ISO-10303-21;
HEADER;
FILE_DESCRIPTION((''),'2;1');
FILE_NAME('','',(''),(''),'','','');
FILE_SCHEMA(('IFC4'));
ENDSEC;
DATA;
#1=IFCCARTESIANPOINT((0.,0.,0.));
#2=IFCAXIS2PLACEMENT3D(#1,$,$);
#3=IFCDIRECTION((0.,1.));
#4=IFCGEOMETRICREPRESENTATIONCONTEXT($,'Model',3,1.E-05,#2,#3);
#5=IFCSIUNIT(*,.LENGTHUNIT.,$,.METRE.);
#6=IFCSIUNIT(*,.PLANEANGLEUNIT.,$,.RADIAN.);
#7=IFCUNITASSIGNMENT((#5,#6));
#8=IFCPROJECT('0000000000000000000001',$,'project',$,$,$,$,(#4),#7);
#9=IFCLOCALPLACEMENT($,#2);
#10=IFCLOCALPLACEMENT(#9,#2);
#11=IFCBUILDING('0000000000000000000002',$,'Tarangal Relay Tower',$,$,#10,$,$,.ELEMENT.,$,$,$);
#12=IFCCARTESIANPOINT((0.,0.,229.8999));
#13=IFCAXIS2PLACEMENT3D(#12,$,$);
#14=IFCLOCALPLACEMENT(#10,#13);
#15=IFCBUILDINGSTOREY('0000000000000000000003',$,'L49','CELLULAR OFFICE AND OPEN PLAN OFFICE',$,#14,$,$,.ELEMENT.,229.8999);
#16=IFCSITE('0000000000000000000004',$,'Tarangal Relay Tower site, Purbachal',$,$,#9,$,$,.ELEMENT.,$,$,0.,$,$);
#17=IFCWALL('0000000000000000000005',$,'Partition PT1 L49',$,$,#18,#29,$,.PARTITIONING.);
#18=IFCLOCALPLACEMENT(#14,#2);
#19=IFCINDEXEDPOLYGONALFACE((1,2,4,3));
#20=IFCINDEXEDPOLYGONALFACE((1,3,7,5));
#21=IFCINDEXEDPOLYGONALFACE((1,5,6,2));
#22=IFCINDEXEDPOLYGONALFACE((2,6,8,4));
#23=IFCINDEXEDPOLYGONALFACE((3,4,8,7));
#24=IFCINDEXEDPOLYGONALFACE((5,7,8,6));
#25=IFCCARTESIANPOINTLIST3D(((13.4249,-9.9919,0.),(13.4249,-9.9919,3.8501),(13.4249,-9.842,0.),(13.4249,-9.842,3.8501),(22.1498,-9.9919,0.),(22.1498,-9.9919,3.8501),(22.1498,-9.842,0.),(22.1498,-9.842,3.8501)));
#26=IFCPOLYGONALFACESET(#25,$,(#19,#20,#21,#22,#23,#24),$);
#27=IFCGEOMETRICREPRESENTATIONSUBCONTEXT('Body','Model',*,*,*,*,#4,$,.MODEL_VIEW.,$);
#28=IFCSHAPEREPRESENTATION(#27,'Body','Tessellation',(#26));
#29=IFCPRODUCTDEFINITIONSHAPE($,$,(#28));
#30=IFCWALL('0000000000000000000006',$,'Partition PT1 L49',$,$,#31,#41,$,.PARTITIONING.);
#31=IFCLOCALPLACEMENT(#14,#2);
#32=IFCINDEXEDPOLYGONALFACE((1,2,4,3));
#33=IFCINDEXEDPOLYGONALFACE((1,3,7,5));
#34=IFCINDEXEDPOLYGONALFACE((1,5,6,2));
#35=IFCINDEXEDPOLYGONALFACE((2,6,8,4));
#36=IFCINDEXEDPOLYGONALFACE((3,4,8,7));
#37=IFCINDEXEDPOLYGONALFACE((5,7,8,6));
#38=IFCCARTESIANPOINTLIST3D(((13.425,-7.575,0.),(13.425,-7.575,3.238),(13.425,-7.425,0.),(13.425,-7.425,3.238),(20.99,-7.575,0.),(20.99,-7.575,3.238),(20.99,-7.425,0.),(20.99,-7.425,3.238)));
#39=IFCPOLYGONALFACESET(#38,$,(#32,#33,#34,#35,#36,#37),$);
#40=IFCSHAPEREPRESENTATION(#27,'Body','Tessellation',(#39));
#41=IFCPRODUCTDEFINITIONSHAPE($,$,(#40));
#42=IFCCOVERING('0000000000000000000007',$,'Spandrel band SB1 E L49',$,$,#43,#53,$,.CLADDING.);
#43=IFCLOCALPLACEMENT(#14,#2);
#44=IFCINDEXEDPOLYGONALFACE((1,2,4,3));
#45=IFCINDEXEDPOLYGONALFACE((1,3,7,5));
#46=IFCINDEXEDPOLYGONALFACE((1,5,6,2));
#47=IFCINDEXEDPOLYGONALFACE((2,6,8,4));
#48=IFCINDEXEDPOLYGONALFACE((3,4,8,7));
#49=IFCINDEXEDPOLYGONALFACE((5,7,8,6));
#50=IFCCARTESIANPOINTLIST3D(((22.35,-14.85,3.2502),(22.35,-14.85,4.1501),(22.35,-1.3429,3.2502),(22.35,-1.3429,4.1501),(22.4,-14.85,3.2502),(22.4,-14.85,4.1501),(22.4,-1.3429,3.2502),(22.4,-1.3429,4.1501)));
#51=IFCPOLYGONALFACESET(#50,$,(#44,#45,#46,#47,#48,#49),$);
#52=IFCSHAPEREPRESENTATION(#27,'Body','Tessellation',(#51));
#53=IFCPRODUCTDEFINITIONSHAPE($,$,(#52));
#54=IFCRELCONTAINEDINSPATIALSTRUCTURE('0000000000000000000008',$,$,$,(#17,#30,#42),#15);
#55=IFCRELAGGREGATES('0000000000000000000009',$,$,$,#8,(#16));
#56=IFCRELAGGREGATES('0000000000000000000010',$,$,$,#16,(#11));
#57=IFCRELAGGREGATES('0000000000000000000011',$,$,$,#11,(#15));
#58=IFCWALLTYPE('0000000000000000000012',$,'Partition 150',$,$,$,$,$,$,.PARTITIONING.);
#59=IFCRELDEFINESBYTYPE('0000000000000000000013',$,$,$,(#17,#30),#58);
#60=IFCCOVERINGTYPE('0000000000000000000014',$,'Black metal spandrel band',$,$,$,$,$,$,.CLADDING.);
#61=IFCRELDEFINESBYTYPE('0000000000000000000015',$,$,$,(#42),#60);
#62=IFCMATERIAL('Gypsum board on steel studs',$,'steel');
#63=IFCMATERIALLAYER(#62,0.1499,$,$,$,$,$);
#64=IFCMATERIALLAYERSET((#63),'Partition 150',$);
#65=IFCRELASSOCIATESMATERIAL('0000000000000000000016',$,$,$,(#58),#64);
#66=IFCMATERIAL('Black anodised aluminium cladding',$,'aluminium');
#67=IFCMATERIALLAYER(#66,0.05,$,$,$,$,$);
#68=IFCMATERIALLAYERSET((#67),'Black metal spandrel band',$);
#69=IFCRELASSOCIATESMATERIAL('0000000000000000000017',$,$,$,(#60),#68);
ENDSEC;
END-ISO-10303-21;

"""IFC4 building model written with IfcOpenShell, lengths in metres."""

from ifc_helpers import new_model, si_unit, direction, frame, frame_2d, origin, origin_2d, place, context, subcontext, project, spatial, rectangle, extrude, material, layer, layer_set, type_object, element, save


model = new_model("IFC4")

# Units and contexts
model_context = context("Model", 3, precision=1e-05, world=origin(), true_north=direction((0.0, 1.0)))
body_context = subcontext(model_context, "Body", "Model", "MODEL_VIEW")
ifc_project = project(units=[si_unit("LENGTHUNIT", "METRE"), si_unit("PLANEANGLEUNIT", "RADIAN")], contexts=[model_context])

# Site, building, storey
site_placement = place(None, origin())
site = spatial("IfcSite", under=ifc_project, at=site_placement, Name="Tarangal Relay Tower site, Purbachal", CompositionType="ELEMENT", RefElevation=0.0)
building_placement = place(site_placement, origin())
building = spatial("IfcBuilding", under=site, at=building_placement, Name="Tarangal Relay Tower", CompositionType="ELEMENT")
storey_placement = place(building_placement, frame((0.0, 0.0, 229.8999)))
storey = spatial("IfcBuildingStorey", under=building, at=storey_placement, Name="L49", Description="CELLULAR OFFICE AND OPEN PLAN OFFICE", CompositionType="ELEMENT", Elevation=229.8999)

# Walls
ifc_material_1 = material(Name="Gypsum board on steel studs", Category="steel")
ifc_layer_1 = layer(ifc_material_1, 0.1499)
ifc_layer_set_1 = layer_set([ifc_layer_1], Name="Partition 150")
wall_type_1 = type_object("IfcWallType", Name="Partition 150", PredefinedType="PARTITIONING", material=ifc_layer_set_1)
wall_1_placement = place(storey_placement, frame((13.425, -9.917, 0.0), z_axis=(0.0, 0.0, 1.0), x_axis=(1.0, 0.0, 0.0)))
element("IfcWall", 1, at=wall_1_placement, inside=storey, type_object=wall_type_1, Name="Partition PT1 L49", PredefinedType="PARTITIONING", context=body_context, shape_type="SweptSolid", body=[
    extrude(rectangle(XDim=8.7249, YDim=0.1499, at=frame_2d((4.3623, 0.0))), origin(), (0.0, 0.0, 1.0), 3.8501),
])
wall_2_placement = place(storey_placement, frame((13.425, -7.5, 0.0), z_axis=(0.0, 0.0, 1.0), x_axis=(1.0, 0.0, 0.0)))
element("IfcWall", 2, at=wall_2_placement, inside=storey, type_object=wall_type_1, Name="Partition PT1 L49", PredefinedType="PARTITIONING", context=body_context, shape_type="SweptSolid", body=[
    extrude(rectangle(XDim=7.5649, YDim=0.1499, at=frame_2d((3.7825, 0.0))), origin(), (0.0, 0.0, 1.0), 3.238),
])

# Covering
ifc_material_2 = material(Name="Black anodised aluminium cladding", Category="aluminium")
ifc_layer_2 = layer(ifc_material_2, 0.05)
ifc_layer_set_2 = layer_set([ifc_layer_2], Name="Black metal spandrel band")
covering_type = type_object("IfcCoveringType", Name="Black metal spandrel band", PredefinedType="CLADDING", material=ifc_layer_set_2)
covering_placement = place(storey_placement, frame((22.375, -8.0964, 3.2502), z_axis=(0.0, 0.0, 1.0), x_axis=(0.0, -1.0, 0.0)))
element("IfcCovering", 3, at=covering_placement, inside=storey, type_object=covering_type, Name="Spandrel band SB1 E L49", PredefinedType="CLADDING", context=body_context, shape_type="SweptSolid", body=[
    extrude(rectangle(XDim=13.5071, YDim=0.05, at=origin_2d()), origin(), (0.0, 0.0, 1.0), 0.8999),
])

save(model, "model.ifc")
